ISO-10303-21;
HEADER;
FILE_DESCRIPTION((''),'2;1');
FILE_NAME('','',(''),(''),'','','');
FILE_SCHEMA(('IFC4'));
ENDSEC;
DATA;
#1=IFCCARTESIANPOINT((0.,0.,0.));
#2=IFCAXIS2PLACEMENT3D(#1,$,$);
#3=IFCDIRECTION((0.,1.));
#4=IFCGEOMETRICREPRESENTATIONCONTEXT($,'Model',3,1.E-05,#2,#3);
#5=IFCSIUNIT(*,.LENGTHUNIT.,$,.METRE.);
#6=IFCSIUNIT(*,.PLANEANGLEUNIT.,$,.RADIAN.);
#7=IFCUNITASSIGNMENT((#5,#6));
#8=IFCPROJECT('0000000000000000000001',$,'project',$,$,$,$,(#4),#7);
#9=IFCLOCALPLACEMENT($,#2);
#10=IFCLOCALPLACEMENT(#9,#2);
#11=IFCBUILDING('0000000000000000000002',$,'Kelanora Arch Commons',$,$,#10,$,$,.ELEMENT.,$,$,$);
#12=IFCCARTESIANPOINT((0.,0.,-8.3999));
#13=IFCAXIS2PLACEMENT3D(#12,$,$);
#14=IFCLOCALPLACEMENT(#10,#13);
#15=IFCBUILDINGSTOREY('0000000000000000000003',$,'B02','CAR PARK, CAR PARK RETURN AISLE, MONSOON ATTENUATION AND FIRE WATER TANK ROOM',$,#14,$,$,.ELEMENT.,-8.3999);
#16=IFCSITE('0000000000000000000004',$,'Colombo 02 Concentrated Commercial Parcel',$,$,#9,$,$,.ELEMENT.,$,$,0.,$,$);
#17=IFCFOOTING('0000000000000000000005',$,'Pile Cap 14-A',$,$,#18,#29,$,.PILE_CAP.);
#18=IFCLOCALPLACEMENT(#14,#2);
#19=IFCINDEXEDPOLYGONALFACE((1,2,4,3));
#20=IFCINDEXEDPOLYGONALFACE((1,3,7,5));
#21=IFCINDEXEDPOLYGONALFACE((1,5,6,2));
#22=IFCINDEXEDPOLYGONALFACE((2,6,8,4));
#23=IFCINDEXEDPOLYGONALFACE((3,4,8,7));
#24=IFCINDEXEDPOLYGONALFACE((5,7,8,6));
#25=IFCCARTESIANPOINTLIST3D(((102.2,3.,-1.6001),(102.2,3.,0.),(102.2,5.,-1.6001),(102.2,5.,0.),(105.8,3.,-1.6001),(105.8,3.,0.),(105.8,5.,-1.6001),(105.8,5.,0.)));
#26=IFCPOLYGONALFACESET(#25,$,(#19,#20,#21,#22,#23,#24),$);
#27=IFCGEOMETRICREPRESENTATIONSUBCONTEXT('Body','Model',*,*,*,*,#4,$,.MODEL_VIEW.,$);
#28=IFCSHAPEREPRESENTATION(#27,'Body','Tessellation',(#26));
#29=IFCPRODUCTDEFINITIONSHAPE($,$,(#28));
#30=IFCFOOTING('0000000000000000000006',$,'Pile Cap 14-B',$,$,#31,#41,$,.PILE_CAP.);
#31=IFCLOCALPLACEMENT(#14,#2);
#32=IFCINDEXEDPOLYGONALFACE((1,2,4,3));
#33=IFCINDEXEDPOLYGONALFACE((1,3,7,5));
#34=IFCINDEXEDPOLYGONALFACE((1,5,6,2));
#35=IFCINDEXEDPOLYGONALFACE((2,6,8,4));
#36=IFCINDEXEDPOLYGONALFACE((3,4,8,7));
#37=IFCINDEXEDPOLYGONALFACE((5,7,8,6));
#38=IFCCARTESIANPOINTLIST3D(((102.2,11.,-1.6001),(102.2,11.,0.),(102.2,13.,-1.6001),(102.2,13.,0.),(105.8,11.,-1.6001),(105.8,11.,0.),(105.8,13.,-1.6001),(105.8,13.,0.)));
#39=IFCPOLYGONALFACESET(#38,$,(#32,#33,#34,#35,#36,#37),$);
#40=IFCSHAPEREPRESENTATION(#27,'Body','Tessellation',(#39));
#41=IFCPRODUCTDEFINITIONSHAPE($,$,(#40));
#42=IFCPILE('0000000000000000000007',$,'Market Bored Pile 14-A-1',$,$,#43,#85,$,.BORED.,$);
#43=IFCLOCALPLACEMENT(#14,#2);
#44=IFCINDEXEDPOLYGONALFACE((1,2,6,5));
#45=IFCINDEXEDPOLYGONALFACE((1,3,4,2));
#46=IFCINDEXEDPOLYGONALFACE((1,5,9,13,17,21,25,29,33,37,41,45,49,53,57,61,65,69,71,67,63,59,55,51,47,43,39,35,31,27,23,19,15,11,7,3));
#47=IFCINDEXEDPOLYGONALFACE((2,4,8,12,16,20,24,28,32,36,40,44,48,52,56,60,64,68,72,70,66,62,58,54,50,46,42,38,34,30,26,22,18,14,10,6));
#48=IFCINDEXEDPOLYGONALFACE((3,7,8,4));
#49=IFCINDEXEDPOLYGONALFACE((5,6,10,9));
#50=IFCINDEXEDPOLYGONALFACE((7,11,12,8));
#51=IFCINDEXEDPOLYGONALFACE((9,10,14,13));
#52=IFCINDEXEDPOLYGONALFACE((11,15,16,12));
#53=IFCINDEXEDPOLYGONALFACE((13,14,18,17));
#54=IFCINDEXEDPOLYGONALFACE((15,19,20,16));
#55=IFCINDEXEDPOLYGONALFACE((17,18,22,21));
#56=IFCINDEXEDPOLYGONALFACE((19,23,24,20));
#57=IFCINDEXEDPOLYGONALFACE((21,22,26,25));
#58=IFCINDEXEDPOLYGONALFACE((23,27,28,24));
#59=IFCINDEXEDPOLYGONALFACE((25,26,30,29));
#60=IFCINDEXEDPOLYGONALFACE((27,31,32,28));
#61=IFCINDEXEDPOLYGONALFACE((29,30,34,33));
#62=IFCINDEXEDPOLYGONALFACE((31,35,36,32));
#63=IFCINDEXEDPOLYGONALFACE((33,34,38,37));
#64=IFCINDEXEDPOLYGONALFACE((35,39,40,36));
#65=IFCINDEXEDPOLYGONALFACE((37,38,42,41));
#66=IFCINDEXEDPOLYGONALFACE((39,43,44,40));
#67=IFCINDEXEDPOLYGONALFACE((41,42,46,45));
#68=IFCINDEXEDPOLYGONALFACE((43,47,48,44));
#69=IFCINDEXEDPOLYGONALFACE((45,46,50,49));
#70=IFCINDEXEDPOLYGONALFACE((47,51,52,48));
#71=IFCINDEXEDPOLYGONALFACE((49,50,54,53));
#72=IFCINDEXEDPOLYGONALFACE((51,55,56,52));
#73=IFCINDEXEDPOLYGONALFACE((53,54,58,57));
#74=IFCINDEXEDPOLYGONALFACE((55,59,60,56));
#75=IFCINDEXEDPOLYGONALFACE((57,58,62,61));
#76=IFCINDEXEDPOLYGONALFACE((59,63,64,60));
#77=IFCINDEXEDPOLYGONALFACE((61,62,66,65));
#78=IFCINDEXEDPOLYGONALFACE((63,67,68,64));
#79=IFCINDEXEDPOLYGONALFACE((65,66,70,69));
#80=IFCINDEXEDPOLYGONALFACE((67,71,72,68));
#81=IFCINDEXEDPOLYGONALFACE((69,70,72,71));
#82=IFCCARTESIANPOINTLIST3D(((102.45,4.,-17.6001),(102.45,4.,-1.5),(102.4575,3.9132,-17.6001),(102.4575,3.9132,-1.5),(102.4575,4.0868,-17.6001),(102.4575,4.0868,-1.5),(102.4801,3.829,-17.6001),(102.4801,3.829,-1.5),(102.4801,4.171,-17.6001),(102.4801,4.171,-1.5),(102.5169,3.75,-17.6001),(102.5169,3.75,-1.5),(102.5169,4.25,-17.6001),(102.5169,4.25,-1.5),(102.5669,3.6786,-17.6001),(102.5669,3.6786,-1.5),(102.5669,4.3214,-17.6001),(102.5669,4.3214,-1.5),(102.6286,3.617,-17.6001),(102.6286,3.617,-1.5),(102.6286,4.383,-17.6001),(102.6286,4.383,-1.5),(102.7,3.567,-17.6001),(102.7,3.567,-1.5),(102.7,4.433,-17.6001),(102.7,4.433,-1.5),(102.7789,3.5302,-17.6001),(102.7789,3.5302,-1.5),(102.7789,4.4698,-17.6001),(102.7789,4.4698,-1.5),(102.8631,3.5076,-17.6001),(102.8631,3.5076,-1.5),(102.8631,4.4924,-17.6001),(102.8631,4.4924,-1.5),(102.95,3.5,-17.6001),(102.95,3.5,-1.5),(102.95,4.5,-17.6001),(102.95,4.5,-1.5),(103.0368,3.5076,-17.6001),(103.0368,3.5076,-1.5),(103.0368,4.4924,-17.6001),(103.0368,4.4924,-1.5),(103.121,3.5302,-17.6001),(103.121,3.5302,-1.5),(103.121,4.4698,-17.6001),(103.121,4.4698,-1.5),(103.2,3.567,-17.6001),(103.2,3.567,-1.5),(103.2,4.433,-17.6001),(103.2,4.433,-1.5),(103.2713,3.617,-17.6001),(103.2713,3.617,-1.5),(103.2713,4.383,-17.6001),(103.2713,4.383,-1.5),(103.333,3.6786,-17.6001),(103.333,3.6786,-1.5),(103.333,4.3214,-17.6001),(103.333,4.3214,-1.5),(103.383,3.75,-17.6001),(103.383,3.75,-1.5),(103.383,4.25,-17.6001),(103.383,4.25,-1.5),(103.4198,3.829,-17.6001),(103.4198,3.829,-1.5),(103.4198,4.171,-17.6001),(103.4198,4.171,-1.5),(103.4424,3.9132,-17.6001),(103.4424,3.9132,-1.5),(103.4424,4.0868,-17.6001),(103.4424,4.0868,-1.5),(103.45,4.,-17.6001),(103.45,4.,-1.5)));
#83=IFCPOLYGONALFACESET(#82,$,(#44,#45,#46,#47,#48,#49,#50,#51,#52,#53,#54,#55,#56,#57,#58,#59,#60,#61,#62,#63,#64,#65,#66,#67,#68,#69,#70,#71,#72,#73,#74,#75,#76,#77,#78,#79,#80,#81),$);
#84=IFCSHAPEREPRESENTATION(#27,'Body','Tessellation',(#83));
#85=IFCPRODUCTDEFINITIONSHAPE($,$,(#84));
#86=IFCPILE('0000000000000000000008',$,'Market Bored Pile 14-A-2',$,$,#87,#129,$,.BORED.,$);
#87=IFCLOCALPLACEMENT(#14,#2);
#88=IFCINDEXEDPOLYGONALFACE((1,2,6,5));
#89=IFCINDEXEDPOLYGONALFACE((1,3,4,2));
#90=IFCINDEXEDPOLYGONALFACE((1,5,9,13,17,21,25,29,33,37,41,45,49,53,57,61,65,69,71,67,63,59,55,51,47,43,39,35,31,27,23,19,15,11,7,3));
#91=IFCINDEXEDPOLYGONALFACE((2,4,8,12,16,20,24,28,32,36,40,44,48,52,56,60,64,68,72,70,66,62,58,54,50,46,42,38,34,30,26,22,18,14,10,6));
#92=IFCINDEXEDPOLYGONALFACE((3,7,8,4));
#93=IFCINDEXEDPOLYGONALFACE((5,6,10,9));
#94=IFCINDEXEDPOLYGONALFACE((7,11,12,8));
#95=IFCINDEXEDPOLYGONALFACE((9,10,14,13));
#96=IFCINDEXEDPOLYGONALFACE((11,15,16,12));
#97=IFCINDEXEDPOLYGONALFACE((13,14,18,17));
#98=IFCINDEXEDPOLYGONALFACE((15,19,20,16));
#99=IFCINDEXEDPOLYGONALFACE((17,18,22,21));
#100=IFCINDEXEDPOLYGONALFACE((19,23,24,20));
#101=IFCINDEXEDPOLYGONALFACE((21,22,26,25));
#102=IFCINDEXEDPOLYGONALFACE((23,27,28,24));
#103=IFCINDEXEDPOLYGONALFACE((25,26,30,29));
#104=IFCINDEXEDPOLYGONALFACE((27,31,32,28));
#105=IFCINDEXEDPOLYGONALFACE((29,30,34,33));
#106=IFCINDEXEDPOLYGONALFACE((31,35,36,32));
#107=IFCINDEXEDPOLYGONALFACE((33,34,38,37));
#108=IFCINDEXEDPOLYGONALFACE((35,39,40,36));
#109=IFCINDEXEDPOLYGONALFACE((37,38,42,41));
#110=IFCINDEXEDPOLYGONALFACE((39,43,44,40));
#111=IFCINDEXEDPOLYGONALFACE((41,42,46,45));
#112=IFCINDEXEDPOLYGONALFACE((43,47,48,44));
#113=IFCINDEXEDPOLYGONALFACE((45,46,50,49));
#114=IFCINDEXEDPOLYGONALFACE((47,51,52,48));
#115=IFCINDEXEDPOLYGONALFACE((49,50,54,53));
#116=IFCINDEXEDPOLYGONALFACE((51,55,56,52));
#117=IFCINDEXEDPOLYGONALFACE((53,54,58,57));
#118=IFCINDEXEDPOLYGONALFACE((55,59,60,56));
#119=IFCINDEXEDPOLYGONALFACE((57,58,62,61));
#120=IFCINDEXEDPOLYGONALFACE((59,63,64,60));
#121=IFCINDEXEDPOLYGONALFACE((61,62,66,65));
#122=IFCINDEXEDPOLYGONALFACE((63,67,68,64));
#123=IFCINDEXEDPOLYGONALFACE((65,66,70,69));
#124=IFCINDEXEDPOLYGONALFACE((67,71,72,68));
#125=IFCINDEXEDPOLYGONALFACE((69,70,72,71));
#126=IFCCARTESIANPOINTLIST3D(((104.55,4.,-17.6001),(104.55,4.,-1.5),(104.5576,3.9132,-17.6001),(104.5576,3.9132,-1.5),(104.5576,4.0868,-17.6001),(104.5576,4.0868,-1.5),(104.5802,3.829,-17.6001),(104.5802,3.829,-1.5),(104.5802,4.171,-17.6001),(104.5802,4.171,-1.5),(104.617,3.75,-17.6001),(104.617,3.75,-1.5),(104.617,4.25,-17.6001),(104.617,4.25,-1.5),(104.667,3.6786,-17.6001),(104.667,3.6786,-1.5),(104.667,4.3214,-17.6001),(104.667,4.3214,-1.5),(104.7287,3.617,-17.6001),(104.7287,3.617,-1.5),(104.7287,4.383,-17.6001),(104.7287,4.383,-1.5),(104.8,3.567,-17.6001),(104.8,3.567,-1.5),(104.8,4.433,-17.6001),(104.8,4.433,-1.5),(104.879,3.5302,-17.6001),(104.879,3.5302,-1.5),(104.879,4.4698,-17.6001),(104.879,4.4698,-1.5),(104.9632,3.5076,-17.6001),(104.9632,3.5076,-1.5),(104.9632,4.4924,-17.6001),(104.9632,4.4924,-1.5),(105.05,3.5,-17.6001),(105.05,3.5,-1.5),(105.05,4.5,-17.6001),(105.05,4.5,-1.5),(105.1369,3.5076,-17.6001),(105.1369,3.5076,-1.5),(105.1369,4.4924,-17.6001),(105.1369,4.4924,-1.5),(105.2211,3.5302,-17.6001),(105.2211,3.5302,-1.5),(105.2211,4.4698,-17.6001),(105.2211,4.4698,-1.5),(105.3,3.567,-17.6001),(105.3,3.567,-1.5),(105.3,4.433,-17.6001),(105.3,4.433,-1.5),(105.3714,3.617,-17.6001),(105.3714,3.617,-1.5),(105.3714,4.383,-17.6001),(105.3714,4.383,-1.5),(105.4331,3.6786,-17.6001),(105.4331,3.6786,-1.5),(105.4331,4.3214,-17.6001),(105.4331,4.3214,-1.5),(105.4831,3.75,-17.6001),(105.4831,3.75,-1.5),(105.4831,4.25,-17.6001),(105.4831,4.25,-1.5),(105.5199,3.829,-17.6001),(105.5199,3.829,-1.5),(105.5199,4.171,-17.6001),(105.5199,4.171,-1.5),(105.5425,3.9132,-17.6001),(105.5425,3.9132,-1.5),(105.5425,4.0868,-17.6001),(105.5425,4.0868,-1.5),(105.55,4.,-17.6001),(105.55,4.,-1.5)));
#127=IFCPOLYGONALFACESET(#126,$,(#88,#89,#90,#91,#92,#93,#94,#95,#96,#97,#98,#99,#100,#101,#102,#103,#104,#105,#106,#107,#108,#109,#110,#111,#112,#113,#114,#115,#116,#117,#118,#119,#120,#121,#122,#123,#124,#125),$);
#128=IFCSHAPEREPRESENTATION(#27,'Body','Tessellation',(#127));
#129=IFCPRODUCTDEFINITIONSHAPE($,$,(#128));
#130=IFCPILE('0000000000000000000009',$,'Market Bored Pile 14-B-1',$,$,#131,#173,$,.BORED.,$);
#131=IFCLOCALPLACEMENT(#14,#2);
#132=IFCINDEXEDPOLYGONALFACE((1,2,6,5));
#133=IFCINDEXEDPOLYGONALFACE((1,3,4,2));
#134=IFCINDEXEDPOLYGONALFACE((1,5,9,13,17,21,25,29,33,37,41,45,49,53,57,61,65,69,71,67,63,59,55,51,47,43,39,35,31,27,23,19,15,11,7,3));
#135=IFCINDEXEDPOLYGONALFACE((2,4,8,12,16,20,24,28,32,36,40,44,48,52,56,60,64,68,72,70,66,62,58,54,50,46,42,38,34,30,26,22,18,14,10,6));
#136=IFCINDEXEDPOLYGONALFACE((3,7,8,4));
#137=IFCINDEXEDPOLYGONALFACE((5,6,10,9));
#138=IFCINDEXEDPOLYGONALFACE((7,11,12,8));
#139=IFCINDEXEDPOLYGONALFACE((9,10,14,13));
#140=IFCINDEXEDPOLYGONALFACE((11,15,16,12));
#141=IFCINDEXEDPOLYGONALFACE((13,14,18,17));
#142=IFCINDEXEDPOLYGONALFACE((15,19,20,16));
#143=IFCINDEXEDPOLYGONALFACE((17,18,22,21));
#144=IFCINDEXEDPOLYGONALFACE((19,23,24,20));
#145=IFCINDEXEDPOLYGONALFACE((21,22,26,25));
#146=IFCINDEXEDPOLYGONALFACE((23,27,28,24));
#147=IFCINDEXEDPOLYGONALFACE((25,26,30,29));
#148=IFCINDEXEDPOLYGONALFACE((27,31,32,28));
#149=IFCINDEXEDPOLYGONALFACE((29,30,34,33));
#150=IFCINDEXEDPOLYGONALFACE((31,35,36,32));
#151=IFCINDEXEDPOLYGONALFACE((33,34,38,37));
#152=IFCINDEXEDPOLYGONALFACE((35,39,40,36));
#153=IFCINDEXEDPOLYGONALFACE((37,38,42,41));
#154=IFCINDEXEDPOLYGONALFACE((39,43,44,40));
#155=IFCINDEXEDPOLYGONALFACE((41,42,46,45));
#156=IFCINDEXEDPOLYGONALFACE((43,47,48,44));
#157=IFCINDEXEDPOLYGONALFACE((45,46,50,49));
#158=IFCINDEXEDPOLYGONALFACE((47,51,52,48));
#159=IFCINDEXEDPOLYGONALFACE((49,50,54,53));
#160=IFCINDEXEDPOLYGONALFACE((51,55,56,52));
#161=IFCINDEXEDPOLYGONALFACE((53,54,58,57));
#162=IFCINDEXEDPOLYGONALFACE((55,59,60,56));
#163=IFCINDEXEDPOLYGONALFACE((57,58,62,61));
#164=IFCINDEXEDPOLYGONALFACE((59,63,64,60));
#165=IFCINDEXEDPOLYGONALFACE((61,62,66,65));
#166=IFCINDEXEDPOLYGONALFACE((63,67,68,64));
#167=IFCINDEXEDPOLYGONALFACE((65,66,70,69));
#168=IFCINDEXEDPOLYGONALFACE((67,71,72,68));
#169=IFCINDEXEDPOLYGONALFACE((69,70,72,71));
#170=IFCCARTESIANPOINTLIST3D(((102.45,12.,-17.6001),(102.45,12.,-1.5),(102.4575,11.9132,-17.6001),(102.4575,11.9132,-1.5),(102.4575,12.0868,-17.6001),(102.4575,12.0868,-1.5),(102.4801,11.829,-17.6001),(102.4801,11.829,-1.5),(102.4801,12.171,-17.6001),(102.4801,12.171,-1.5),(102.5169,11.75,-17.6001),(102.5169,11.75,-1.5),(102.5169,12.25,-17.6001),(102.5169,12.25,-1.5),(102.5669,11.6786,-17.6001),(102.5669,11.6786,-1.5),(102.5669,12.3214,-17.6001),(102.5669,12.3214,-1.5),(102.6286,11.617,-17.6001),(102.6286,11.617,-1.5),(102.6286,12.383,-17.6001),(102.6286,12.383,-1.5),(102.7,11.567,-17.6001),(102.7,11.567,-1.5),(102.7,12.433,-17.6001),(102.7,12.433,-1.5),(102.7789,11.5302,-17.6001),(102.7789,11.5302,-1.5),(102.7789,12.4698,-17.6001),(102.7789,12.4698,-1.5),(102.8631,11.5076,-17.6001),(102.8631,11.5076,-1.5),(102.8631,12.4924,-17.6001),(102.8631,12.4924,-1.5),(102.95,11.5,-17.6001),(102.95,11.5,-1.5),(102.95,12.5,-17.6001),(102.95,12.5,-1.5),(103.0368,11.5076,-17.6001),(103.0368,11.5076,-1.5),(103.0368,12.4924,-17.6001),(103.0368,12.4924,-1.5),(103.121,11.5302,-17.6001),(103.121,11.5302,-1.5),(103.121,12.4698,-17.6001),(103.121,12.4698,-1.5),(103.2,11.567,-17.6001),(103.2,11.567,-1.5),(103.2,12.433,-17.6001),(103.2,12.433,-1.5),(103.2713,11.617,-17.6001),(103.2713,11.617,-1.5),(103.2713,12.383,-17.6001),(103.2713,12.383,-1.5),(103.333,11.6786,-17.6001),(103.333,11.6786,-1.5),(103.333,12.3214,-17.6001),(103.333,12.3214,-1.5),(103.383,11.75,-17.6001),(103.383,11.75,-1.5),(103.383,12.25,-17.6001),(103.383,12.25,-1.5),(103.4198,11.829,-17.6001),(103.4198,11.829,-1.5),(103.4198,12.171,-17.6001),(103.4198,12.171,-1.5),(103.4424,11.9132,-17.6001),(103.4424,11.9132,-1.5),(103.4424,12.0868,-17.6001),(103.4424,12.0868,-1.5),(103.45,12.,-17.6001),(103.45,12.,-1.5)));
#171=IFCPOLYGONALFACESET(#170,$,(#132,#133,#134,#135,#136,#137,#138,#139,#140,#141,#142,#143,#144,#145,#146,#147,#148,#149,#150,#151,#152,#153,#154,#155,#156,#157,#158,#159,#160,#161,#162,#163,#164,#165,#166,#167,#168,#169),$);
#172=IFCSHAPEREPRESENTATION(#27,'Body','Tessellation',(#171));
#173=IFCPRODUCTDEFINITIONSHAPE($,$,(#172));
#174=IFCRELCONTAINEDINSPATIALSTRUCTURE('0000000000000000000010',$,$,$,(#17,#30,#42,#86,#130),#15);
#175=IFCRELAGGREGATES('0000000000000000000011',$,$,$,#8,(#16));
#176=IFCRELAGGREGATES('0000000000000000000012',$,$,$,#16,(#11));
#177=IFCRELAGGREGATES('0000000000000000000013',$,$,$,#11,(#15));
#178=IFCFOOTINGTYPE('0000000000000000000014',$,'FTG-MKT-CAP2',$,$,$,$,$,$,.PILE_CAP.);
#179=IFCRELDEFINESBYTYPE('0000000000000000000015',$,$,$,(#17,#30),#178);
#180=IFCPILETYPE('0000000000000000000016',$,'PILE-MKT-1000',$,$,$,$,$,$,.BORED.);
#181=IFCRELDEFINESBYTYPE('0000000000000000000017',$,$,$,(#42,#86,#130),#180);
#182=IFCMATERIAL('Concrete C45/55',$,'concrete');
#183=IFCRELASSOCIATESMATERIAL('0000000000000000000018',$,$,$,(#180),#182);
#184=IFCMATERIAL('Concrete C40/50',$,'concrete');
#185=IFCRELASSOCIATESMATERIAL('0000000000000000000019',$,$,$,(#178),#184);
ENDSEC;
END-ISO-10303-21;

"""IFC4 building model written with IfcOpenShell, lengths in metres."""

from ifc_helpers import new_model, si_unit, direction, frame, origin, origin_2d, place, context, subcontext, project, spatial, rectangle, circle, extrude, source, transform, mapped, material, material_profile, profile_set, type_object, element, save


model = new_model("IFC4")

# Units and contexts
model_context = context("Model", 3, precision=1e-05, world=origin(), true_north=direction((0.0, 1.0)))
body_context = subcontext(model_context, "Body", "Model", "MODEL_VIEW")
ifc_project = project(units=[si_unit("LENGTHUNIT", "METRE"), si_unit("PLANEANGLEUNIT", "RADIAN")], contexts=[model_context])

# Site, building, storey
site_placement = place(None, origin())
site = spatial("IfcSite", under=ifc_project, at=site_placement, Name="Colombo 02 Concentrated Commercial Parcel", CompositionType="ELEMENT", RefElevation=0.0)
building_placement = place(site_placement, origin())
building = spatial("IfcBuilding", under=site, at=building_placement, Name="Kelanora Arch Commons", CompositionType="ELEMENT")
storey_placement = place(building_placement, frame((0.0, 0.0, -8.3999)))
storey = spatial("IfcBuildingStorey", under=building, at=storey_placement, Name="B02", Description="CAR PARK, CAR PARK RETURN AISLE, MONSOON ATTENUATION AND FIRE WATER TANK ROOM", CompositionType="ELEMENT", Elevation=-8.3999)

# Shared definitions
ifc_material_1 = material(Name="Concrete C40/50", Category="concrete")

# Shared definitions
ifc_material_2 = material(Name="Concrete C45/55", Category="concrete")
ifc_material_profile_1 = material_profile(ifc_material_2, circle(Radius=0.5, at=origin_2d()), Name="PILE1000")
ifc_profile_set_1 = profile_set([ifc_material_profile_1], Name="Concrete C45/55")
pile_type = type_object("IfcPileType", Name="PILE-MKT-1000", PredefinedType="BORED", material=ifc_profile_set_1)

# Footings
footing_type_1 = type_object("IfcFootingType", Name="FTG-MKT-CAP2", PredefinedType="PILE_CAP", material=ifc_material_1)
shared_shape_1 = source(origin(), body_context, "Body", "SweptSolid", [
    extrude(rectangle(XDim=3.6001, YDim=2.0, at=origin_2d()), origin(), (0.0, 0.0, 1.0), 1.6001),
])
for number, where, z_axis, x_axis, name in (
    (1, (104.0, 4.0, -1.6001), (0.0, 0.0, 1.0), (1.0, 0.0, 0.0), "Pile Cap 14-A"),
    (2, (104.0, 12.0, -1.6001), (0.0, 0.0, 1.0), (1.0, 0.0, 0.0), "Pile Cap 14-B"),
):
    element("IfcFooting", number, at=place(storey_placement, frame(where, z_axis=z_axis, x_axis=x_axis)), inside=storey, type_object=footing_type_1, Name=name, PredefinedType="PILE_CAP", context=body_context, shape_type="MappedRepresentation", body=[
        mapped(shared_shape_1, transform((0.0, 0.0, 0.0), scale=1.0)),
    ])

# Piles
shared_shape_2 = source(origin(), body_context, "Body", "SweptSolid", [
    extrude(circle(Radius=0.5, at=origin_2d()), origin(), (0.0, 0.0, 1.0), 16.1001),
])
for number, where, z_axis, x_axis, name in (
    (3, (102.95, 4.0, -1.5), (0.0, 0.0, -1.0), (1.0, 0.0, 0.0), "Market Bored Pile 14-A-1"),
    (4, (105.05, 4.0, -1.5), (0.0, 0.0, -1.0), (1.0, 0.0, 0.0), "Market Bored Pile 14-A-2"),
    (5, (102.95, 12.0, -1.5), (0.0, 0.0, -1.0), (1.0, 0.0, 0.0), "Market Bored Pile 14-B-1"),
):
    element("IfcPile", number, at=place(storey_placement, frame(where, z_axis=z_axis, x_axis=x_axis)), inside=storey, type_object=pile_type, Name=name, PredefinedType="BORED", context=body_context, shape_type="MappedRepresentation", body=[
        mapped(shared_shape_2, transform((0.0, 0.0, 0.0), scale=1.0)),
    ])

save(model, "model.ifc")
